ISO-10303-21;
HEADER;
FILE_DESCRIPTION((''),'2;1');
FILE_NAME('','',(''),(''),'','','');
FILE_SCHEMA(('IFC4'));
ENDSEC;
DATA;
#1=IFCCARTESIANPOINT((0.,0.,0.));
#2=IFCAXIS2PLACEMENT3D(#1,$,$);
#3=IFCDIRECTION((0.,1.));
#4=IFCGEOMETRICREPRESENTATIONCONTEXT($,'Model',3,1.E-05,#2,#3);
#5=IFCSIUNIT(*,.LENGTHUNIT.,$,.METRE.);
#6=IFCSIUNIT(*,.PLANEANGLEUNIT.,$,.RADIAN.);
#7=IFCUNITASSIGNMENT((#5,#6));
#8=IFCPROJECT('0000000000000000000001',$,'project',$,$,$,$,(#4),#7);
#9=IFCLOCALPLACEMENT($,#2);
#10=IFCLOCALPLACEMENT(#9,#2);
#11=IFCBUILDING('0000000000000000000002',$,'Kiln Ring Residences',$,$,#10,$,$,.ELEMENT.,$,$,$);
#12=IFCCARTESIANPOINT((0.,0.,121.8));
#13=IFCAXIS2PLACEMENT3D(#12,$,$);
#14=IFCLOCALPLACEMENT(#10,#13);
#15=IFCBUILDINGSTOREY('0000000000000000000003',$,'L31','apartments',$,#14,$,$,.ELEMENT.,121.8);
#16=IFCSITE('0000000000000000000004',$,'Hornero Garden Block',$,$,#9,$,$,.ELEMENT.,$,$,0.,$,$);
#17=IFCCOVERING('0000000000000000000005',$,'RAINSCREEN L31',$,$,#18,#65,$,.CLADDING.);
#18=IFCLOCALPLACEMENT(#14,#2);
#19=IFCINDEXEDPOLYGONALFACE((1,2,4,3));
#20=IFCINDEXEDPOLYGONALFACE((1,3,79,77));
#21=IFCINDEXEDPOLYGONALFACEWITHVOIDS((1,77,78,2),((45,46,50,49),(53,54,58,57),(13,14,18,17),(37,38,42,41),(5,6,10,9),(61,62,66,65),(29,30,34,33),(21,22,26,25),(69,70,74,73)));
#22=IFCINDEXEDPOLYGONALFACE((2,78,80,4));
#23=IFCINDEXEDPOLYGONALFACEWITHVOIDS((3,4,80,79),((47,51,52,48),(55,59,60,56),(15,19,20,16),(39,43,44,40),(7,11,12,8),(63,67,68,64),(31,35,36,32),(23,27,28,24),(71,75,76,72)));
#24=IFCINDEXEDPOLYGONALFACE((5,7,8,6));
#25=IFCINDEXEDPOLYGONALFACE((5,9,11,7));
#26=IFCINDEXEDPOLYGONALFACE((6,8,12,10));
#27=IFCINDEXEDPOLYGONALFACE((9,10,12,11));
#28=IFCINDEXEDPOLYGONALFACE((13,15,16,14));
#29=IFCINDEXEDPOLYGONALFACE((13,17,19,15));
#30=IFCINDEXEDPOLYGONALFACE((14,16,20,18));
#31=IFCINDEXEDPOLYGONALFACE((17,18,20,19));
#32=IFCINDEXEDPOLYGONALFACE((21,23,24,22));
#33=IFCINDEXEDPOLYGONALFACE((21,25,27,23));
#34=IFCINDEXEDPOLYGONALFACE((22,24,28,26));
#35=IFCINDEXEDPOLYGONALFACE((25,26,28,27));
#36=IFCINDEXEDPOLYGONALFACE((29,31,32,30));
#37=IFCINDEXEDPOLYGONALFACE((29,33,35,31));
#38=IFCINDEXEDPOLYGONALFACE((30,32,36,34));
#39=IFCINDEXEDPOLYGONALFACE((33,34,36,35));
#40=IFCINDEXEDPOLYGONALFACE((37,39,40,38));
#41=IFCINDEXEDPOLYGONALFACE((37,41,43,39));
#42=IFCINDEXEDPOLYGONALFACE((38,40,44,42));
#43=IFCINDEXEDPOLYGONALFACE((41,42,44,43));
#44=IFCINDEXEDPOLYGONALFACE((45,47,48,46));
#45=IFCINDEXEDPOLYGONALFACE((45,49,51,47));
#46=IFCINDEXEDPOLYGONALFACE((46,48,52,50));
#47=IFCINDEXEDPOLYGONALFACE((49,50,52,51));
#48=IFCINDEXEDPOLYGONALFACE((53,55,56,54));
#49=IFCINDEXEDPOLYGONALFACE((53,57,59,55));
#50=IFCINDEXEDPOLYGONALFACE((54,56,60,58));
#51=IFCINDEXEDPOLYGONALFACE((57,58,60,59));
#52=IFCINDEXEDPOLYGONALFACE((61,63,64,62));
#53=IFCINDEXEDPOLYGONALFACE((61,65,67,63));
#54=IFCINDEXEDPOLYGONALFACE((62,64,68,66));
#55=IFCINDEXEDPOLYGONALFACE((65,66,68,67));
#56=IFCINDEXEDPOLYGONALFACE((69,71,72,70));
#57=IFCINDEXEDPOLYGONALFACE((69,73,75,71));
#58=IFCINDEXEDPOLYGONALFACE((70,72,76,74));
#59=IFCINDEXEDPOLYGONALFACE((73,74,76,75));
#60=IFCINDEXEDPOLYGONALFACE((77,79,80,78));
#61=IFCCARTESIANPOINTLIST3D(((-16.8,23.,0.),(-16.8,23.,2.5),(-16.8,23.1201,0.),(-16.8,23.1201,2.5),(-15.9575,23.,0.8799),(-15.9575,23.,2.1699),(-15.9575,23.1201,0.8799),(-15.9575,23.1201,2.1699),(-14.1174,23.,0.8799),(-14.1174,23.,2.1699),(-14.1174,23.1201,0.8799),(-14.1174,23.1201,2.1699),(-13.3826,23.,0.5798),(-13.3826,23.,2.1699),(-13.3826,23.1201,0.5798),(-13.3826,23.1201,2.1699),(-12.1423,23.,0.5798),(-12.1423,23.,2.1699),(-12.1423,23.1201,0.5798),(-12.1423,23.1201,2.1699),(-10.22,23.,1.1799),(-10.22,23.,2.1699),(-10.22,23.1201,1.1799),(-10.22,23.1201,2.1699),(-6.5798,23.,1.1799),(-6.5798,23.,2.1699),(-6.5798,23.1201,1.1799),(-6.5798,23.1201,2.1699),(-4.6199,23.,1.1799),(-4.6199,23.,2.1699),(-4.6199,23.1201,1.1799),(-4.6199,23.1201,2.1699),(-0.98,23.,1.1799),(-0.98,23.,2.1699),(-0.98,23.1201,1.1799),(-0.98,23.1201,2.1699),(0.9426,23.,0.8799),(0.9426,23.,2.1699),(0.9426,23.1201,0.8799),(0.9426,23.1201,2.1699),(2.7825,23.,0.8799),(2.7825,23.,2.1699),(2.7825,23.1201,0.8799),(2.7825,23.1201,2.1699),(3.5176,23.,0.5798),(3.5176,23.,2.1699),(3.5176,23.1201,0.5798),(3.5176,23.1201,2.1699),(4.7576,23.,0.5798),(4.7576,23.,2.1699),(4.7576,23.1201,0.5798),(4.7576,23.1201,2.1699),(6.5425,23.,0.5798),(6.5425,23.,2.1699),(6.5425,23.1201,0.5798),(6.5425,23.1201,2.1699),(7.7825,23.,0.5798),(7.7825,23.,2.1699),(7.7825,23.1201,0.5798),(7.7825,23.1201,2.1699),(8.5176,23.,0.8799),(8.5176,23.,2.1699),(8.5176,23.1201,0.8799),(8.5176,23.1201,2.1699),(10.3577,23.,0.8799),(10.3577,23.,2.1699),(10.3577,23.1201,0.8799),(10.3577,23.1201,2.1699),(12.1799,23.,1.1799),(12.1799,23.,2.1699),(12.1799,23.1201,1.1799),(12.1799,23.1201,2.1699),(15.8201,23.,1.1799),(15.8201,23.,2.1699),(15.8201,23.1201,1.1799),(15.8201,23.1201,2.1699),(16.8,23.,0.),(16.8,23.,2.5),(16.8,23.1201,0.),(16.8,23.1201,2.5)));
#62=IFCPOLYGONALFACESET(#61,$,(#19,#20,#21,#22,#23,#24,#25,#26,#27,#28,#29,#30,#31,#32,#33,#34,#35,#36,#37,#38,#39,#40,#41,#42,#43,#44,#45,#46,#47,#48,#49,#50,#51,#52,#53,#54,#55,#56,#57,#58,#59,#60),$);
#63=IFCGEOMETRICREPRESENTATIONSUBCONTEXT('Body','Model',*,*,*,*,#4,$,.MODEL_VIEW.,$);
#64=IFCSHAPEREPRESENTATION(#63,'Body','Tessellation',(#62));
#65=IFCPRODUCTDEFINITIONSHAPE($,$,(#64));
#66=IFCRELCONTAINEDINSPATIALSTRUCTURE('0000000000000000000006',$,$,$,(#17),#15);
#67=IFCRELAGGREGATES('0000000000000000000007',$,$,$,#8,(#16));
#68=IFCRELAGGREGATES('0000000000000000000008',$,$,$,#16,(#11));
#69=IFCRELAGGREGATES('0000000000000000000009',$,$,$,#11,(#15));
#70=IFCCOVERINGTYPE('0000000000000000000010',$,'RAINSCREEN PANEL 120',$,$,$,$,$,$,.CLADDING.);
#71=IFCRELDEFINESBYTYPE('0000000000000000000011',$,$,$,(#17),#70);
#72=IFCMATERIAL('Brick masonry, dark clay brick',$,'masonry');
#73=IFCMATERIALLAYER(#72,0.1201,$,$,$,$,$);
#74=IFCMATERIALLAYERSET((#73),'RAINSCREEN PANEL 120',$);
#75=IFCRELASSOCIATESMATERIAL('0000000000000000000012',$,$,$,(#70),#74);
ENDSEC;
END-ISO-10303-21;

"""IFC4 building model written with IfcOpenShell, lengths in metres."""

from ifc_helpers import new_model, si_unit, direction, frame, origin, place, context, subcontext, project, spatial, polyline, outline, extrude, material, layer, layer_set, type_object, element, save


model = new_model("IFC4")

# Units and contexts
model_context = context("Model", 3, precision=1e-05, world=origin(), true_north=direction((0.0, 1.0)))
body_context = subcontext(model_context, "Body", "Model", "MODEL_VIEW")
ifc_project = project(units=[si_unit("LENGTHUNIT", "METRE"), si_unit("PLANEANGLEUNIT", "RADIAN")], contexts=[model_context])

# Site, building, storey
site_placement = place(None, origin())
site = spatial("IfcSite", under=ifc_project, at=site_placement, Name="Hornero Garden Block", CompositionType="ELEMENT", RefElevation=0.0)
building_placement = place(site_placement, origin())
building = spatial("IfcBuilding", under=site, at=building_placement, Name="Kiln Ring Residences", CompositionType="ELEMENT")
storey_placement = place(building_placement, frame((0.0, 0.0, 121.8)))
storey = spatial("IfcBuildingStorey", under=building, at=storey_placement, Name="L31", Description="apartments", CompositionType="ELEMENT", Elevation=121.8)

# Covering
ifc_material_1 = material(Name="Brick masonry, dark clay brick", Category="masonry")
ifc_layer_1 = layer(ifc_material_1, 0.1201)
ifc_layer_set_1 = layer_set([ifc_layer_1], Name="RAINSCREEN PANEL 120")
covering_type = type_object("IfcCoveringType", Name="RAINSCREEN PANEL 120", PredefinedType="CLADDING", material=ifc_layer_set_1)
covering_placement = place(storey_placement, frame((16.8, 23.0601, 0.0), z_axis=(0.0, 0.0, 1.0), x_axis=(-1.0, 0.0, 0.0)))
element("IfcCovering", 1, at=covering_placement, inside=storey, type_object=covering_type, Name="RAINSCREEN L31", PredefinedType="CLADDING", context=body_context, shape_type="SweptSolid", body=[
    extrude(outline(polyline([(0.0, 0.0), (33.6001, 0.0), (33.6001, 2.5), (0.0, 2.5), (0.0, 0.0)]), holes=[polyline([(9.0176, 0.5798), (10.2576, 0.5798), (10.2576, 2.1699), (9.0176, 2.1699), (9.0176, 0.5798)]), polyline([(12.0425, 0.5798), (13.2825, 0.5798), (13.2825, 2.1699), (12.0425, 2.1699), (12.0425, 0.5798)]), polyline([(28.9424, 0.5798), (30.1826, 0.5798), (30.1826, 2.1699), (28.9424, 2.1699), (28.9424, 0.5798)]), polyline([(6.4424, 0.8799), (8.2825, 0.8799), (8.2825, 2.1699), (6.4424, 2.1699), (6.4424, 0.8799)]), polyline([(14.0176, 0.8799), (15.8574, 0.8799), (15.8574, 2.1699), (14.0176, 2.1699), (14.0176, 0.8799)]), polyline([(30.9175, 0.8799), (32.7576, 0.8799), (32.7576, 2.1699), (30.9175, 2.1699), (30.9175, 0.8799)]), polyline([(0.98, 1.1799), (4.6201, 1.1799), (4.6201, 2.1699), (0.98, 2.1699), (0.98, 1.1799)]), polyline([(17.78, 2.1699), (17.78, 1.1799), (21.4199, 1.1799), (21.4199, 2.1699), (17.78, 2.1699)]), polyline([(23.3799, 2.1699), (23.3799, 1.1799), (27.02, 1.1799), (27.02, 2.1699), (23.3799, 2.1699)])]), frame((0.0, 0.0601, 0.0), z_axis=(0.0, -1.0, 0.0), x_axis=(1.0, 0.0, 0.0)), (0.0, 0.0, 1.0), 0.1201),
])

save(model, "model.ifc")
